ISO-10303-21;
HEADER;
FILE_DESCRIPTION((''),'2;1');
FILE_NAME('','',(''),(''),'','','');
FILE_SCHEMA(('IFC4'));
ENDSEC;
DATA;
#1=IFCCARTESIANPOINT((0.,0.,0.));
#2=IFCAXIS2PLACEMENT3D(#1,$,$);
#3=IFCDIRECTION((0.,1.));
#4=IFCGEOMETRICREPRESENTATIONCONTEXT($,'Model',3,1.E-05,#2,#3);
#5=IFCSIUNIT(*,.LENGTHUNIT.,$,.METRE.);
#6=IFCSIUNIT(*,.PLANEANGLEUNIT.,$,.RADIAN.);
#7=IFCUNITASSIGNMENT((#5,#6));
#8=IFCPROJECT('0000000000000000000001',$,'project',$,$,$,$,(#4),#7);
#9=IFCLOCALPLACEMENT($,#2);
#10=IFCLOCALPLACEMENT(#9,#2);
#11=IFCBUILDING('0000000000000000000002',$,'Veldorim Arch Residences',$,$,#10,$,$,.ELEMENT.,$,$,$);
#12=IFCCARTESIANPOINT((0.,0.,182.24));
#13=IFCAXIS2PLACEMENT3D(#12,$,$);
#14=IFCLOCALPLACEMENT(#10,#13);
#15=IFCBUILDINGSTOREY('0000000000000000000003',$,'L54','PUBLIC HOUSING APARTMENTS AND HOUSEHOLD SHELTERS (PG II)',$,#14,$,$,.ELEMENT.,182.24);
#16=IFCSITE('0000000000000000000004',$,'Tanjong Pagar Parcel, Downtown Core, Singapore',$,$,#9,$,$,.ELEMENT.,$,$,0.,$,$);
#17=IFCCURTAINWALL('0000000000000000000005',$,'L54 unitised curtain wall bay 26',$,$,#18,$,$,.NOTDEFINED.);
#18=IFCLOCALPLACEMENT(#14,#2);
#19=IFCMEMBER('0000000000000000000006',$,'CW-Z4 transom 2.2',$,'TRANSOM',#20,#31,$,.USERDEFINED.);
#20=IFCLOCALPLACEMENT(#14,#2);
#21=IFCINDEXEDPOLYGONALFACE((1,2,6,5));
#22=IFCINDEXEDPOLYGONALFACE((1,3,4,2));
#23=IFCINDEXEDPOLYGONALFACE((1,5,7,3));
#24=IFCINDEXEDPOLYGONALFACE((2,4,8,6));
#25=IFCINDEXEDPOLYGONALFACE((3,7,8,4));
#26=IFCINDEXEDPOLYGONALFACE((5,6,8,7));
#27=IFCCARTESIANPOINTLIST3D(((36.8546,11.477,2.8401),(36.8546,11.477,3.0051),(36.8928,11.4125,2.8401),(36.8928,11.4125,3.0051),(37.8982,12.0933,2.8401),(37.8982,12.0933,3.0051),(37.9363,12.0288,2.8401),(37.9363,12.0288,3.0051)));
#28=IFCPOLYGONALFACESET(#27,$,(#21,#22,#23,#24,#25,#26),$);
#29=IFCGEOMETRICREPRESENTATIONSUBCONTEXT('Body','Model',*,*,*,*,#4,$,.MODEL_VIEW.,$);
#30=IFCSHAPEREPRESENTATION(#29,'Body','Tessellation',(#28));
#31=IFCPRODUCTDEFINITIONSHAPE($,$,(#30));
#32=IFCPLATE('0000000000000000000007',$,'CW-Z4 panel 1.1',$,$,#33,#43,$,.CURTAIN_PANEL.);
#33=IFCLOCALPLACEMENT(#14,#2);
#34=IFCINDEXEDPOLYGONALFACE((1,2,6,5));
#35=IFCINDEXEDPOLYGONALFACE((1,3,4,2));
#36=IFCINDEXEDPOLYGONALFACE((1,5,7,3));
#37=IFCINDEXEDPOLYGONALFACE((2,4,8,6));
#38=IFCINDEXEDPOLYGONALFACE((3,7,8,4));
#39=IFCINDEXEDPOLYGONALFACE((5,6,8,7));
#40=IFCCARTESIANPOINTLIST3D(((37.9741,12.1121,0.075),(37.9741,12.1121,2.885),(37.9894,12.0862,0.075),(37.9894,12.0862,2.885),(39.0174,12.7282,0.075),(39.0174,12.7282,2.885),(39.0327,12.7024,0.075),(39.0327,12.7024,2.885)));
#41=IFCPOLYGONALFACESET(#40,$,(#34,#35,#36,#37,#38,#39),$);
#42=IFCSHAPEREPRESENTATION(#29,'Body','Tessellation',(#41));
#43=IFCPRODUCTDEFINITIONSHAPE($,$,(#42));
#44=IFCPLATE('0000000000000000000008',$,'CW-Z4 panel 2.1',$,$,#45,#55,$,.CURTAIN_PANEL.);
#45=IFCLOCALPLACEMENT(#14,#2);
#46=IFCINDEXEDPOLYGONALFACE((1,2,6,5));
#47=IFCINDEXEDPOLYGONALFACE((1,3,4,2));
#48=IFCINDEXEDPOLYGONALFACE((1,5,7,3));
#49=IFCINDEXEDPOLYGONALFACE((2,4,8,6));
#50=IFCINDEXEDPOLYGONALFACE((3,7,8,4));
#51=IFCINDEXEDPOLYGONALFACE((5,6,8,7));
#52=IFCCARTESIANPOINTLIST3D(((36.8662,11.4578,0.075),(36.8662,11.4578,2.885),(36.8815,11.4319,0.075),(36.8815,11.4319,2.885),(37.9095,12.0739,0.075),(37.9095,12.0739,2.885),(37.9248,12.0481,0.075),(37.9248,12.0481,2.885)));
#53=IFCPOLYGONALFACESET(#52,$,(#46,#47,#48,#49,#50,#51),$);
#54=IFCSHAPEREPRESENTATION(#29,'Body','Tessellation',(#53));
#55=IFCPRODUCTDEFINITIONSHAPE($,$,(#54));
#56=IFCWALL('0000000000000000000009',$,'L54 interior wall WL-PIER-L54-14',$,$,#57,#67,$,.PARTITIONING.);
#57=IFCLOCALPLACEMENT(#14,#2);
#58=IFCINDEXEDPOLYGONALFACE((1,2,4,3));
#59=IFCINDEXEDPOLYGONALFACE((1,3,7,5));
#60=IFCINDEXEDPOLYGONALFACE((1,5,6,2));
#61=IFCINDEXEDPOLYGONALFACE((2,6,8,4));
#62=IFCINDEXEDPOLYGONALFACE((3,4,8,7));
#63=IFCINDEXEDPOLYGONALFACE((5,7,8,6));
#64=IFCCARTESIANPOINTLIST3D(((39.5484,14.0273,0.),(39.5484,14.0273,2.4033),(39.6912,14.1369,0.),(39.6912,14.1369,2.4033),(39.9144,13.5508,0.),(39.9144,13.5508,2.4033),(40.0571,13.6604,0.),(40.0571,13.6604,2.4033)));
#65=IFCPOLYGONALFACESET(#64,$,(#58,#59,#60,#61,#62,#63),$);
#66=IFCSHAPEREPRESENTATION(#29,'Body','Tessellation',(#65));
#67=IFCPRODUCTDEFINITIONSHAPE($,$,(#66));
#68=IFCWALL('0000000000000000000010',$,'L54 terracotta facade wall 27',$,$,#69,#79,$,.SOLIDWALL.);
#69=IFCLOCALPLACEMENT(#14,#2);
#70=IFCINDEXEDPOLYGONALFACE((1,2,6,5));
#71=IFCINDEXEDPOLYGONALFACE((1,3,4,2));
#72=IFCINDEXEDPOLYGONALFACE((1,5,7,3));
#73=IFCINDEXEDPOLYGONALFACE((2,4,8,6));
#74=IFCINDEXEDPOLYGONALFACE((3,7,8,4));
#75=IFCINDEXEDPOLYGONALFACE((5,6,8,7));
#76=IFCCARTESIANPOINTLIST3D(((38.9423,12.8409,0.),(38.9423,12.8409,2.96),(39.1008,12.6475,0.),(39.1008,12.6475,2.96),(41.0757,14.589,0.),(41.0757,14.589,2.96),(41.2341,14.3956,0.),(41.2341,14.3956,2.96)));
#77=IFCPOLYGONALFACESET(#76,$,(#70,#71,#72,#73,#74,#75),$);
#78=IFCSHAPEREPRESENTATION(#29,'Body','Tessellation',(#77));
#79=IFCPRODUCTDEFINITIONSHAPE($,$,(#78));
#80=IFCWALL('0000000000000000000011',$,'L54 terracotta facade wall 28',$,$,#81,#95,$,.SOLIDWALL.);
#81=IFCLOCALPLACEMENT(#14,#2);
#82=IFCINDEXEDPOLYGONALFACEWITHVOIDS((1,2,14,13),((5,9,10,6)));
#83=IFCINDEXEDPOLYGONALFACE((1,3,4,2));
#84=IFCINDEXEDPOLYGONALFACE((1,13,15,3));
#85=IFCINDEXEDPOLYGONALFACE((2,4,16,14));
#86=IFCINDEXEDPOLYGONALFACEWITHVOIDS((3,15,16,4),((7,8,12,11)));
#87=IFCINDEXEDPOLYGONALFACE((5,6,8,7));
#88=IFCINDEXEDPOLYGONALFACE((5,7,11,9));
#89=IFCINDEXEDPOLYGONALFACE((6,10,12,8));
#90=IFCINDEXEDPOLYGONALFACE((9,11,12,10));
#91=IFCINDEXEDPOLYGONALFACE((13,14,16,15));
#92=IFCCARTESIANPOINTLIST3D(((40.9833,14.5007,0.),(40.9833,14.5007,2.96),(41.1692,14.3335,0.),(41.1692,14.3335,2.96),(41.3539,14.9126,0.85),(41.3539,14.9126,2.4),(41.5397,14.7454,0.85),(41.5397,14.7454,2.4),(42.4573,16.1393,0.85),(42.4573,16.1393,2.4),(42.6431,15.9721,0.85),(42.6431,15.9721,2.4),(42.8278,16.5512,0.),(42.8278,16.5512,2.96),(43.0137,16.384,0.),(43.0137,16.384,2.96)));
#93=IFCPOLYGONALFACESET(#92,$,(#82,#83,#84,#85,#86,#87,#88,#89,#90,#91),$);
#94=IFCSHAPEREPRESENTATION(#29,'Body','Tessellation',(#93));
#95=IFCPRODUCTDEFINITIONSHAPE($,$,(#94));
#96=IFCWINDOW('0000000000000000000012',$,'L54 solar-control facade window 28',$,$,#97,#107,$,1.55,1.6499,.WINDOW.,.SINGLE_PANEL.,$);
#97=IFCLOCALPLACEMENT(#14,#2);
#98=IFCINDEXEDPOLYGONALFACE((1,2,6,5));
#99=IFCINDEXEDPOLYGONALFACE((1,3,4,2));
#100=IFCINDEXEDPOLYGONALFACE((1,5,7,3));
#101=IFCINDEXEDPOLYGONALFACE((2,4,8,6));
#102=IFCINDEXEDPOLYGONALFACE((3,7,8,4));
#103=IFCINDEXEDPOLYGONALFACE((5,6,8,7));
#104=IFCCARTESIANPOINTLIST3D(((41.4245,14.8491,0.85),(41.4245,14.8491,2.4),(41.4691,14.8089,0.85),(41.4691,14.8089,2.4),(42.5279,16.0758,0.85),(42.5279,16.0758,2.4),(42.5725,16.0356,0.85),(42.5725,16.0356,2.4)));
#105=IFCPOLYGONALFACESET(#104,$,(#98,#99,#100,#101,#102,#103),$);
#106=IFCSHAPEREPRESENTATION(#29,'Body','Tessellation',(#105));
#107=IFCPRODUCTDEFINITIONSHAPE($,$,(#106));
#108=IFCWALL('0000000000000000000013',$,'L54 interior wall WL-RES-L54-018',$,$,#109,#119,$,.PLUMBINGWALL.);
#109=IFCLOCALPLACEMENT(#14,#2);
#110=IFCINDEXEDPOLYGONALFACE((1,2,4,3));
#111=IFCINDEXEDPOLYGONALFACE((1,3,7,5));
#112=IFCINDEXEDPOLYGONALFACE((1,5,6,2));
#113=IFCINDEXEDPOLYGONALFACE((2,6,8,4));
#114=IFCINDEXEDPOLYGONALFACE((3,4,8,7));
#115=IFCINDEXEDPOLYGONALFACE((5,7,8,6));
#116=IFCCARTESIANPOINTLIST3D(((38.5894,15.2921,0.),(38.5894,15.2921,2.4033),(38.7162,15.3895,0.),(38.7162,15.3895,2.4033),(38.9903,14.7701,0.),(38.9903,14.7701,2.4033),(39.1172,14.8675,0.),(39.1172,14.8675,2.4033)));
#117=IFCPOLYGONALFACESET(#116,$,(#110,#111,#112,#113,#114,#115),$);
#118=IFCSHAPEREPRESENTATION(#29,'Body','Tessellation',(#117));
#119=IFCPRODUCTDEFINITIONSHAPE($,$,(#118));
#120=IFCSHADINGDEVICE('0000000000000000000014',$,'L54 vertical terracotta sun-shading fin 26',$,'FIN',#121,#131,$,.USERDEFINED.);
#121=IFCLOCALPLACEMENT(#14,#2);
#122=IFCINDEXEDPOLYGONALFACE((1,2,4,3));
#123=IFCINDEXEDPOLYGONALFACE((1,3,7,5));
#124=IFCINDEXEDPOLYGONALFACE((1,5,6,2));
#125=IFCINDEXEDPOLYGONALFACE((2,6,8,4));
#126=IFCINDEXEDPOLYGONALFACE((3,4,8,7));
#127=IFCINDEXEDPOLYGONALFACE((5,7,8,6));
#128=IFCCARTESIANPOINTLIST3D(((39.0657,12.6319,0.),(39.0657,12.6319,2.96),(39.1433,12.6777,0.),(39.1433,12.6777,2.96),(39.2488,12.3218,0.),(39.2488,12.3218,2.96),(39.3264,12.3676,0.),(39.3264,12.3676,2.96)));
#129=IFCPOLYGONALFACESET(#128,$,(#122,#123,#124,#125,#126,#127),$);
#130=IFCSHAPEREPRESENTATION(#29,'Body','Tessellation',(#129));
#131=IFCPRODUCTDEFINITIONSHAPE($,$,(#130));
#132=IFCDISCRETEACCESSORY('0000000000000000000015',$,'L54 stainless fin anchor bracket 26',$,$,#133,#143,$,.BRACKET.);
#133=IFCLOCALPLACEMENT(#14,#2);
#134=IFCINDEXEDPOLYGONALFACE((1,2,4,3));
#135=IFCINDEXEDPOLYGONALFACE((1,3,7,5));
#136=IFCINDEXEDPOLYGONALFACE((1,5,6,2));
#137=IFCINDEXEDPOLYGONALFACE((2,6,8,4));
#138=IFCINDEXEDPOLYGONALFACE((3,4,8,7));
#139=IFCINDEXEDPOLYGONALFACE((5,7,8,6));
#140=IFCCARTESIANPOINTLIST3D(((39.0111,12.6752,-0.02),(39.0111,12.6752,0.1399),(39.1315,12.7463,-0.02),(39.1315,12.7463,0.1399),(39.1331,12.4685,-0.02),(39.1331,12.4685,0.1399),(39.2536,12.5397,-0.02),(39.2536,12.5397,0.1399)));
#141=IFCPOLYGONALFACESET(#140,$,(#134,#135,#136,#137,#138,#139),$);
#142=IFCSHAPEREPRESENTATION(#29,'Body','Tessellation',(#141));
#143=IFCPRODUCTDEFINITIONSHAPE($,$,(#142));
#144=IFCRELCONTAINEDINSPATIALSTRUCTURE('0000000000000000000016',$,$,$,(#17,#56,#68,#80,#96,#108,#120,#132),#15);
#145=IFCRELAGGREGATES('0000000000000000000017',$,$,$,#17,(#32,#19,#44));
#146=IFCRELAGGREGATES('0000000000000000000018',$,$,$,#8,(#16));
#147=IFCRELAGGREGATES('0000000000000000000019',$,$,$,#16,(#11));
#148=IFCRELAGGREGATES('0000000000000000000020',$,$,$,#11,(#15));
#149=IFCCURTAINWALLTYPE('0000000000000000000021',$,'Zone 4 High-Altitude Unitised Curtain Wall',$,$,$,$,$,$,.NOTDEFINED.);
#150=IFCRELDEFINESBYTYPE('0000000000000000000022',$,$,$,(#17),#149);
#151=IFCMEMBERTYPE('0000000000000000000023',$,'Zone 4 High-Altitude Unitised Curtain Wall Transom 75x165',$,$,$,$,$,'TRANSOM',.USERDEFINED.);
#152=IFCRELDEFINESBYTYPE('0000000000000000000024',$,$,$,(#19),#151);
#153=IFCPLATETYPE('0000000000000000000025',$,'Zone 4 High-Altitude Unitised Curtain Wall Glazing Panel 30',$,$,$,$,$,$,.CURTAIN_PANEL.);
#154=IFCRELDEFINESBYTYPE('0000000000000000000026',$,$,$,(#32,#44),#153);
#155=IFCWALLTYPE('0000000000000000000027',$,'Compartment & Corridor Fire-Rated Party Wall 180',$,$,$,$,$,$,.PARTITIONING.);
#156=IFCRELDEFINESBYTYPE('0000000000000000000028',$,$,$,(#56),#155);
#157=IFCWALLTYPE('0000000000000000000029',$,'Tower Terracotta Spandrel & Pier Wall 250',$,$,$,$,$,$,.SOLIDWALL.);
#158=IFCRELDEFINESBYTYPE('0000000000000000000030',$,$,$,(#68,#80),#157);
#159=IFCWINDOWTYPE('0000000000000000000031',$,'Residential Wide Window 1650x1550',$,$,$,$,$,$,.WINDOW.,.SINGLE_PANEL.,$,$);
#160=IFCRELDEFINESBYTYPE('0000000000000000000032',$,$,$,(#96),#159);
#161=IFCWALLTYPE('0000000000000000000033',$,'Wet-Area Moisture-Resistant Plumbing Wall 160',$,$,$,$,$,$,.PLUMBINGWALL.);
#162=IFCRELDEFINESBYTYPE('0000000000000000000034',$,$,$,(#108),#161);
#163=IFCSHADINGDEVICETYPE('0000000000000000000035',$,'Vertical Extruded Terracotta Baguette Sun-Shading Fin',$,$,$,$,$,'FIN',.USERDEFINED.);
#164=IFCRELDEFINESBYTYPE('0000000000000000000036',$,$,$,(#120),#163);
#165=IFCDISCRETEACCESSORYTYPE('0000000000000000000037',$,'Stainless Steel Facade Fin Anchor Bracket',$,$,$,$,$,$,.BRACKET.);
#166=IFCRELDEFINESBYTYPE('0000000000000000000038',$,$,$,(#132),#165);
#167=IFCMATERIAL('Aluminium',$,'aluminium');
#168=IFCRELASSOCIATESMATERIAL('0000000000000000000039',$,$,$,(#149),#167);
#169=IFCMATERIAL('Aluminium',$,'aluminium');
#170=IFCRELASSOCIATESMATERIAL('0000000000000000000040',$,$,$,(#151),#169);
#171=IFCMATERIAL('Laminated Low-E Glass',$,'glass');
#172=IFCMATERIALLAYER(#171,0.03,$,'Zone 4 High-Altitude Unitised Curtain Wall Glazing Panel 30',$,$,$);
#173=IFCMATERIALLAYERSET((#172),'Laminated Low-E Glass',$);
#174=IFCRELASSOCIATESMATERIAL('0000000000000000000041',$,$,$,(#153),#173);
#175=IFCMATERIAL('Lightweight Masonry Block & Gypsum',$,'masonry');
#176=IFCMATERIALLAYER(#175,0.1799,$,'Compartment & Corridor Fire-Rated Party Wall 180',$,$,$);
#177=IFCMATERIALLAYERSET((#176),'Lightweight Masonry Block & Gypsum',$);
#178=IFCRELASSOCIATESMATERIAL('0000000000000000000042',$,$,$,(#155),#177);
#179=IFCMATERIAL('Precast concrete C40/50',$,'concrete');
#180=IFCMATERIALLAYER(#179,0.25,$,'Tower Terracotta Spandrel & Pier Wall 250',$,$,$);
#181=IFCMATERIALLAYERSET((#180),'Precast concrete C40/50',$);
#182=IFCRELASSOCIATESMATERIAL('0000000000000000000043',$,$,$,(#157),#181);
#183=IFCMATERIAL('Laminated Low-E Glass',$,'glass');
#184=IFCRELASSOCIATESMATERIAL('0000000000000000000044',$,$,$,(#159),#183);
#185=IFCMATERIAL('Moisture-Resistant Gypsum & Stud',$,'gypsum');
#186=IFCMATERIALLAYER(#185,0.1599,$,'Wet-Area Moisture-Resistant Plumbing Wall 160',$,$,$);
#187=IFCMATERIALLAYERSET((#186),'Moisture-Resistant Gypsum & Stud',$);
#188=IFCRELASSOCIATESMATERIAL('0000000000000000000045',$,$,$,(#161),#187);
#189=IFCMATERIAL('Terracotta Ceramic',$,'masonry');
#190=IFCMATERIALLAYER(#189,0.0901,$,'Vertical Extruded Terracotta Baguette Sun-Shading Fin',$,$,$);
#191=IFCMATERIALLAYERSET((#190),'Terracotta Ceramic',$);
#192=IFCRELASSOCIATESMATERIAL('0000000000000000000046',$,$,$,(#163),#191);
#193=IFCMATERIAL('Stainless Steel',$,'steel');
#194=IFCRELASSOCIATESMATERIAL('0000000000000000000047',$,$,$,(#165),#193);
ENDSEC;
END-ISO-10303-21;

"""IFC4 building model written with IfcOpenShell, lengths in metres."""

from ifc_helpers import new_model, si_unit, direction, frame, frame_2d, origin, origin_2d, place, context, subcontext, project, spatial, rectangle, extrude, material, layer, layer_set, material_profile, profile_set, type_object, element, fill, aggregate, save


model = new_model("IFC4")

# Units and contexts
model_context = context("Model", 3, precision=1e-05, world=origin(), true_north=direction((0.0, 1.0)))
body_context = subcontext(model_context, "Body", "Model", "MODEL_VIEW")
ifc_project = project(units=[si_unit("LENGTHUNIT", "METRE"), si_unit("PLANEANGLEUNIT", "RADIAN")], contexts=[model_context])

# Site, building, storey
site_placement = place(None, origin())
site = spatial("IfcSite", under=ifc_project, at=site_placement, Name="Tanjong Pagar Parcel, Downtown Core, Singapore", CompositionType="ELEMENT", RefElevation=0.0)
building_placement = place(site_placement, origin())
building = spatial("IfcBuilding", under=site, at=building_placement, Name="Veldorim Arch Residences", CompositionType="ELEMENT")
storey_placement = place(building_placement, frame((0.0, 0.0, 182.24)))
storey = spatial("IfcBuildingStorey", under=building, at=storey_placement, Name="L54", Description="PUBLIC HOUSING APARTMENTS AND HOUSEHOLD SHELTERS (PG II)", CompositionType="ELEMENT", Elevation=182.24)

# Curtain wall, member, plates
ifc_material_1 = material(Name="Aluminium", Category="aluminium")
curtain_wall_type = type_object("IfcCurtainWallType", Name="Zone 4 High-Altitude Unitised Curtain Wall", PredefinedType="NOTDEFINED", material=ifc_material_1)
curtain_wall_placement = place(storey_placement, origin())
curtain_wall = element("IfcCurtainWall", 1, at=curtain_wall_placement, inside=storey, type_object=curtain_wall_type, Name="L54 unitised curtain wall bay 26", PredefinedType="NOTDEFINED")
ifc_material_2 = material(Name="Aluminium", Category="aluminium")
ifc_material_profile_1 = material_profile(ifc_material_2, rectangle(XDim=0.075, YDim=0.165, at=origin_2d()), Name="ALU_TRN_75x165")
ifc_profile_set_1 = profile_set([ifc_material_profile_1], Name="Aluminium")
member_type_1 = type_object("IfcMemberType", Name="Zone 4 High-Altitude Unitised Curtain Wall Transom 75x165", ElementType="TRANSOM", PredefinedType="USERDEFINED", material=ifc_profile_set_1)
member_1_placement = place(storey_placement, frame((37.9172, 12.061, 2.9226), z_axis=(-0.861063, -0.508499, 0.0), x_axis=(0.508499, -0.861063, 0.0)))
member_1 = element("IfcMember", 2, at=member_1_placement, type_object=member_type_1, Name="CW-Z4 transom 2.2", ObjectType="TRANSOM", PredefinedType="USERDEFINED", context=body_context, shape_type="SweptSolid", body=[
    extrude(rectangle(XDim=0.075, YDim=0.165, at=origin_2d()), origin(), (0.0, 0.0, 1.0), 1.2119),
])
ifc_material_3 = material(Name="Laminated Low-E Glass", Category="glass")
ifc_layer_1 = layer(ifc_material_3, 0.03, Name="Zone 4 High-Altitude Unitised Curtain Wall Glazing Panel 30")
ifc_layer_set_1 = layer_set([ifc_layer_1], Name="Laminated Low-E Glass")
plate_type = type_object("IfcPlateType", Name="Zone 4 High-Altitude Unitised Curtain Wall Glazing Panel 30", PredefinedType="CURTAIN_PANEL", material=ifc_layer_set_1)
plate_1_placement = place(storey_placement, frame((38.5034, 12.4072, 0.075), z_axis=(0.0, 0.0, 1.0), x_axis=(-0.861054, -0.508514, 0.0)))
plate_1 = element("IfcPlate", 3, at=plate_1_placement, type_object=plate_type, Name="CW-Z4 panel 1.1", PredefinedType="CURTAIN_PANEL", context=body_context, shape_type="SweptSolid", body=[
    extrude(rectangle(XDim=1.2117, YDim=0.03, at=origin_2d()), origin(), (0.0, 0.0, 1.0), 2.8101),
])
plate_2_placement = place(storey_placement, frame((37.3955, 11.7529, 0.075), z_axis=(0.0, 0.0, 1.0), x_axis=(-0.861054, -0.508514, 0.0)))
plate_2 = element("IfcPlate", 4, at=plate_2_placement, type_object=plate_type, Name="CW-Z4 panel 2.1", PredefinedType="CURTAIN_PANEL", context=body_context, shape_type="SweptSolid", body=[
    extrude(rectangle(XDim=1.2117, YDim=0.03, at=origin_2d()), origin(), (0.0, 0.0, 1.0), 2.8101),
])
aggregate(curtain_wall, [plate_1, member_1, plate_2])

# Wall
ifc_material_4 = material(Name="Lightweight Masonry Block & Gypsum", Category="masonry")
ifc_layer_2 = layer(ifc_material_4, 0.1799, Name="Compartment & Corridor Fire-Rated Party Wall 180")
ifc_layer_set_2 = layer_set([ifc_layer_2], Name="Lightweight Masonry Block & Gypsum")
wall_type_1 = type_object("IfcWallType", Name="Compartment & Corridor Fire-Rated Party Wall 180", PredefinedType="PARTITIONING", material=ifc_layer_set_2)
wall_1_placement = place(storey_placement, frame((39.6199, 14.082, 0.0), z_axis=(0.0, 0.0, 1.0), x_axis=(0.609063, -0.793122, 0.0)))
element("IfcWall", 5, at=wall_1_placement, inside=storey, type_object=wall_type_1, Name="L54 interior wall WL-PIER-L54-14", PredefinedType="PARTITIONING", context=body_context, shape_type="SweptSolid", body=[
    extrude(rectangle(XDim=0.6008, YDim=0.1799, at=frame_2d((0.3003, 0.0))), origin(), (0.0, 0.0, 1.0), 2.4033),
])

# Wall
ifc_material_5 = material(Name="Precast concrete C40/50", Category="concrete")
ifc_layer_3 = layer(ifc_material_5, 0.25, Name="Tower Terracotta Spandrel & Pier Wall 250")
ifc_layer_set_3 = layer_set([ifc_layer_3], Name="Precast concrete C40/50")
wall_type_2 = type_object("IfcWallType", Name="Tower Terracotta Spandrel & Pier Wall 250", PredefinedType="SOLIDWALL", material=ifc_layer_set_3)
wall_2_placement = place(storey_placement, frame((41.1548, 14.4922, 0.0), z_axis=(0.0, 0.0, 1.0), x_axis=(-0.773492, -0.633806, 0.0)))
element("IfcWall", 6, at=wall_2_placement, inside=storey, type_object=wall_type_2, Name="L54 terracotta facade wall 27", PredefinedType="SOLIDWALL", context=body_context, shape_type="SweptSolid", body=[
    extrude(rectangle(XDim=2.7581, YDim=0.25, at=frame_2d((1.3789, 0.0))), origin(), (0.0, 0.0, 1.0), 2.96),
])

# Wall, opening, window
wall_3_placement = place(storey_placement, frame((42.9207, 16.4675, 0.0), z_axis=(0.0, 0.0, 1.0), x_axis=(-0.668764, -0.743475, 0.0)))
wall_3 = element("IfcWall", 7, at=wall_3_placement, inside=storey, type_object=wall_type_2, Name="L54 terracotta facade wall 28", PredefinedType="SOLIDWALL", context=body_context, shape_type="SweptSolid", body=[
    extrude(rectangle(XDim=2.7581, YDim=0.25, at=frame_2d((1.3789, 0.0))), origin(), (0.0, 0.0, 1.0), 2.96),
])
opening_1_placement = place(wall_3_placement, frame((0.554, 0.0, 0.8501)))
opening_1 = element("IfcOpeningElement", 8, at=opening_1_placement, cuts=wall_3, PredefinedType="OPENING", context=body_context, shape_type="SweptSolid", body=[
    extrude(rectangle(XDim=1.6499, YDim=1.55, at=frame_2d((0.825, 0.7749))), frame((0.0, 0.135, 0.0), z_axis=(0.0, -1.0, 0.0), x_axis=(1.0, 0.0, 0.0)), (0.0, 0.0, 1.0), 0.27),
])
ifc_material_6 = material(Name="Laminated Low-E Glass", Category="glass")
window_type = type_object("IfcWindowType", Name="Residential Wide Window 1650x1550", PartitioningType="SINGLE_PANEL", PredefinedType="WINDOW", material=ifc_material_6)
window_placement = place(opening_1_placement, origin())
window = element("IfcWindow", 9, at=window_placement, inside=storey, type_object=window_type, Name="L54 solar-control facade window 28", OverallHeight=1.55, OverallWidth=1.6499, PartitioningType="SINGLE_PANEL", PredefinedType="WINDOW", context=body_context, shape_type="SweptSolid", body=[
    extrude(rectangle(XDim=1.6499, YDim=1.55, at=frame_2d((0.825, 0.7749))), frame((0.0, 0.03, 0.0), z_axis=(0.0, -1.0, 0.0), x_axis=(1.0, 0.0, 0.0)), (0.0, 0.0, 1.0), 0.0601),
])
fill(opening_1, window)

# Wall
ifc_material_7 = material(Name="Moisture-Resistant Gypsum & Stud", Category="gypsum")
ifc_layer_4 = layer(ifc_material_7, 0.1599, Name="Wet-Area Moisture-Resistant Plumbing Wall 160")
ifc_layer_set_4 = layer_set([ifc_layer_4], Name="Moisture-Resistant Gypsum & Stud")
wall_type_3 = type_object("IfcWallType", Name="Wet-Area Moisture-Resistant Plumbing Wall 160", PredefinedType="PLUMBINGWALL", material=ifc_layer_set_4)
wall_4_placement = place(storey_placement, frame((38.6528, 15.3408, 0.0), z_axis=(0.0, 0.0, 1.0), x_axis=(0.609101, -0.793093, 0.0)))
element("IfcWall", 10, at=wall_4_placement, inside=storey, type_object=wall_type_3, Name="L54 interior wall WL-RES-L54-018", PredefinedType="PLUMBINGWALL", context=body_context, shape_type="SweptSolid", body=[
    extrude(rectangle(XDim=0.6582, YDim=0.1599, at=frame_2d((0.3291, 0.0))), origin(), (0.0, 0.0, 1.0), 2.4033),
])

# Shading device
ifc_material_8 = material(Name="Terracotta Ceramic", Category="masonry")
ifc_layer_5 = layer(ifc_material_8, 0.0901, Name="Vertical Extruded Terracotta Baguette Sun-Shading Fin")
ifc_layer_set_5 = layer_set([ifc_layer_5], Name="Terracotta Ceramic")
shading_device_type = type_object("IfcShadingDeviceType", Name="Vertical Extruded Terracotta Baguette Sun-Shading Fin", ElementType="FIN", PredefinedType="USERDEFINED", material=ifc_layer_set_5)
shading_device_placement = place(storey_placement, frame((39.196, 12.4998, 0.0), z_axis=(0.0, 0.0, 1.0), x_axis=(-0.861097, -0.50844, 0.0)))
element("IfcShadingDevice", 11, at=shading_device_placement, inside=storey, type_object=shading_device_type, Name="L54 vertical terracotta sun-shading fin 26", ObjectType="FIN", PredefinedType="USERDEFINED", context=body_context, shape_type="SweptSolid", body=[
    extrude(rectangle(XDim=0.0901, YDim=0.3601, at=origin_2d()), origin(), (0.0, 0.0, 1.0), 2.96),
])

# Discrete accessory
ifc_material_9 = material(Name="Stainless Steel", Category="steel")
discrete_accessory_type = type_object("IfcDiscreteAccessoryType", Name="Stainless Steel Facade Fin Anchor Bracket", PredefinedType="BRACKET", material=ifc_material_9)
discrete_accessory_placement = place(storey_placement, frame((39.1323, 12.6074, -0.02), z_axis=(0.0, 0.0, 1.0), x_axis=(-0.861097, -0.50844, 0.0)))
element("IfcDiscreteAccessory", 12, at=discrete_accessory_placement, inside=storey, type_object=discrete_accessory_type, Name="L54 stainless fin anchor bracket 26", PredefinedType="BRACKET", context=body_context, shape_type="SweptSolid", body=[
    extrude(rectangle(XDim=0.1399, YDim=0.24, at=origin_2d()), origin(), (0.0, 0.0, 1.0), 0.1599),
])

save(model, "model.ifc")
